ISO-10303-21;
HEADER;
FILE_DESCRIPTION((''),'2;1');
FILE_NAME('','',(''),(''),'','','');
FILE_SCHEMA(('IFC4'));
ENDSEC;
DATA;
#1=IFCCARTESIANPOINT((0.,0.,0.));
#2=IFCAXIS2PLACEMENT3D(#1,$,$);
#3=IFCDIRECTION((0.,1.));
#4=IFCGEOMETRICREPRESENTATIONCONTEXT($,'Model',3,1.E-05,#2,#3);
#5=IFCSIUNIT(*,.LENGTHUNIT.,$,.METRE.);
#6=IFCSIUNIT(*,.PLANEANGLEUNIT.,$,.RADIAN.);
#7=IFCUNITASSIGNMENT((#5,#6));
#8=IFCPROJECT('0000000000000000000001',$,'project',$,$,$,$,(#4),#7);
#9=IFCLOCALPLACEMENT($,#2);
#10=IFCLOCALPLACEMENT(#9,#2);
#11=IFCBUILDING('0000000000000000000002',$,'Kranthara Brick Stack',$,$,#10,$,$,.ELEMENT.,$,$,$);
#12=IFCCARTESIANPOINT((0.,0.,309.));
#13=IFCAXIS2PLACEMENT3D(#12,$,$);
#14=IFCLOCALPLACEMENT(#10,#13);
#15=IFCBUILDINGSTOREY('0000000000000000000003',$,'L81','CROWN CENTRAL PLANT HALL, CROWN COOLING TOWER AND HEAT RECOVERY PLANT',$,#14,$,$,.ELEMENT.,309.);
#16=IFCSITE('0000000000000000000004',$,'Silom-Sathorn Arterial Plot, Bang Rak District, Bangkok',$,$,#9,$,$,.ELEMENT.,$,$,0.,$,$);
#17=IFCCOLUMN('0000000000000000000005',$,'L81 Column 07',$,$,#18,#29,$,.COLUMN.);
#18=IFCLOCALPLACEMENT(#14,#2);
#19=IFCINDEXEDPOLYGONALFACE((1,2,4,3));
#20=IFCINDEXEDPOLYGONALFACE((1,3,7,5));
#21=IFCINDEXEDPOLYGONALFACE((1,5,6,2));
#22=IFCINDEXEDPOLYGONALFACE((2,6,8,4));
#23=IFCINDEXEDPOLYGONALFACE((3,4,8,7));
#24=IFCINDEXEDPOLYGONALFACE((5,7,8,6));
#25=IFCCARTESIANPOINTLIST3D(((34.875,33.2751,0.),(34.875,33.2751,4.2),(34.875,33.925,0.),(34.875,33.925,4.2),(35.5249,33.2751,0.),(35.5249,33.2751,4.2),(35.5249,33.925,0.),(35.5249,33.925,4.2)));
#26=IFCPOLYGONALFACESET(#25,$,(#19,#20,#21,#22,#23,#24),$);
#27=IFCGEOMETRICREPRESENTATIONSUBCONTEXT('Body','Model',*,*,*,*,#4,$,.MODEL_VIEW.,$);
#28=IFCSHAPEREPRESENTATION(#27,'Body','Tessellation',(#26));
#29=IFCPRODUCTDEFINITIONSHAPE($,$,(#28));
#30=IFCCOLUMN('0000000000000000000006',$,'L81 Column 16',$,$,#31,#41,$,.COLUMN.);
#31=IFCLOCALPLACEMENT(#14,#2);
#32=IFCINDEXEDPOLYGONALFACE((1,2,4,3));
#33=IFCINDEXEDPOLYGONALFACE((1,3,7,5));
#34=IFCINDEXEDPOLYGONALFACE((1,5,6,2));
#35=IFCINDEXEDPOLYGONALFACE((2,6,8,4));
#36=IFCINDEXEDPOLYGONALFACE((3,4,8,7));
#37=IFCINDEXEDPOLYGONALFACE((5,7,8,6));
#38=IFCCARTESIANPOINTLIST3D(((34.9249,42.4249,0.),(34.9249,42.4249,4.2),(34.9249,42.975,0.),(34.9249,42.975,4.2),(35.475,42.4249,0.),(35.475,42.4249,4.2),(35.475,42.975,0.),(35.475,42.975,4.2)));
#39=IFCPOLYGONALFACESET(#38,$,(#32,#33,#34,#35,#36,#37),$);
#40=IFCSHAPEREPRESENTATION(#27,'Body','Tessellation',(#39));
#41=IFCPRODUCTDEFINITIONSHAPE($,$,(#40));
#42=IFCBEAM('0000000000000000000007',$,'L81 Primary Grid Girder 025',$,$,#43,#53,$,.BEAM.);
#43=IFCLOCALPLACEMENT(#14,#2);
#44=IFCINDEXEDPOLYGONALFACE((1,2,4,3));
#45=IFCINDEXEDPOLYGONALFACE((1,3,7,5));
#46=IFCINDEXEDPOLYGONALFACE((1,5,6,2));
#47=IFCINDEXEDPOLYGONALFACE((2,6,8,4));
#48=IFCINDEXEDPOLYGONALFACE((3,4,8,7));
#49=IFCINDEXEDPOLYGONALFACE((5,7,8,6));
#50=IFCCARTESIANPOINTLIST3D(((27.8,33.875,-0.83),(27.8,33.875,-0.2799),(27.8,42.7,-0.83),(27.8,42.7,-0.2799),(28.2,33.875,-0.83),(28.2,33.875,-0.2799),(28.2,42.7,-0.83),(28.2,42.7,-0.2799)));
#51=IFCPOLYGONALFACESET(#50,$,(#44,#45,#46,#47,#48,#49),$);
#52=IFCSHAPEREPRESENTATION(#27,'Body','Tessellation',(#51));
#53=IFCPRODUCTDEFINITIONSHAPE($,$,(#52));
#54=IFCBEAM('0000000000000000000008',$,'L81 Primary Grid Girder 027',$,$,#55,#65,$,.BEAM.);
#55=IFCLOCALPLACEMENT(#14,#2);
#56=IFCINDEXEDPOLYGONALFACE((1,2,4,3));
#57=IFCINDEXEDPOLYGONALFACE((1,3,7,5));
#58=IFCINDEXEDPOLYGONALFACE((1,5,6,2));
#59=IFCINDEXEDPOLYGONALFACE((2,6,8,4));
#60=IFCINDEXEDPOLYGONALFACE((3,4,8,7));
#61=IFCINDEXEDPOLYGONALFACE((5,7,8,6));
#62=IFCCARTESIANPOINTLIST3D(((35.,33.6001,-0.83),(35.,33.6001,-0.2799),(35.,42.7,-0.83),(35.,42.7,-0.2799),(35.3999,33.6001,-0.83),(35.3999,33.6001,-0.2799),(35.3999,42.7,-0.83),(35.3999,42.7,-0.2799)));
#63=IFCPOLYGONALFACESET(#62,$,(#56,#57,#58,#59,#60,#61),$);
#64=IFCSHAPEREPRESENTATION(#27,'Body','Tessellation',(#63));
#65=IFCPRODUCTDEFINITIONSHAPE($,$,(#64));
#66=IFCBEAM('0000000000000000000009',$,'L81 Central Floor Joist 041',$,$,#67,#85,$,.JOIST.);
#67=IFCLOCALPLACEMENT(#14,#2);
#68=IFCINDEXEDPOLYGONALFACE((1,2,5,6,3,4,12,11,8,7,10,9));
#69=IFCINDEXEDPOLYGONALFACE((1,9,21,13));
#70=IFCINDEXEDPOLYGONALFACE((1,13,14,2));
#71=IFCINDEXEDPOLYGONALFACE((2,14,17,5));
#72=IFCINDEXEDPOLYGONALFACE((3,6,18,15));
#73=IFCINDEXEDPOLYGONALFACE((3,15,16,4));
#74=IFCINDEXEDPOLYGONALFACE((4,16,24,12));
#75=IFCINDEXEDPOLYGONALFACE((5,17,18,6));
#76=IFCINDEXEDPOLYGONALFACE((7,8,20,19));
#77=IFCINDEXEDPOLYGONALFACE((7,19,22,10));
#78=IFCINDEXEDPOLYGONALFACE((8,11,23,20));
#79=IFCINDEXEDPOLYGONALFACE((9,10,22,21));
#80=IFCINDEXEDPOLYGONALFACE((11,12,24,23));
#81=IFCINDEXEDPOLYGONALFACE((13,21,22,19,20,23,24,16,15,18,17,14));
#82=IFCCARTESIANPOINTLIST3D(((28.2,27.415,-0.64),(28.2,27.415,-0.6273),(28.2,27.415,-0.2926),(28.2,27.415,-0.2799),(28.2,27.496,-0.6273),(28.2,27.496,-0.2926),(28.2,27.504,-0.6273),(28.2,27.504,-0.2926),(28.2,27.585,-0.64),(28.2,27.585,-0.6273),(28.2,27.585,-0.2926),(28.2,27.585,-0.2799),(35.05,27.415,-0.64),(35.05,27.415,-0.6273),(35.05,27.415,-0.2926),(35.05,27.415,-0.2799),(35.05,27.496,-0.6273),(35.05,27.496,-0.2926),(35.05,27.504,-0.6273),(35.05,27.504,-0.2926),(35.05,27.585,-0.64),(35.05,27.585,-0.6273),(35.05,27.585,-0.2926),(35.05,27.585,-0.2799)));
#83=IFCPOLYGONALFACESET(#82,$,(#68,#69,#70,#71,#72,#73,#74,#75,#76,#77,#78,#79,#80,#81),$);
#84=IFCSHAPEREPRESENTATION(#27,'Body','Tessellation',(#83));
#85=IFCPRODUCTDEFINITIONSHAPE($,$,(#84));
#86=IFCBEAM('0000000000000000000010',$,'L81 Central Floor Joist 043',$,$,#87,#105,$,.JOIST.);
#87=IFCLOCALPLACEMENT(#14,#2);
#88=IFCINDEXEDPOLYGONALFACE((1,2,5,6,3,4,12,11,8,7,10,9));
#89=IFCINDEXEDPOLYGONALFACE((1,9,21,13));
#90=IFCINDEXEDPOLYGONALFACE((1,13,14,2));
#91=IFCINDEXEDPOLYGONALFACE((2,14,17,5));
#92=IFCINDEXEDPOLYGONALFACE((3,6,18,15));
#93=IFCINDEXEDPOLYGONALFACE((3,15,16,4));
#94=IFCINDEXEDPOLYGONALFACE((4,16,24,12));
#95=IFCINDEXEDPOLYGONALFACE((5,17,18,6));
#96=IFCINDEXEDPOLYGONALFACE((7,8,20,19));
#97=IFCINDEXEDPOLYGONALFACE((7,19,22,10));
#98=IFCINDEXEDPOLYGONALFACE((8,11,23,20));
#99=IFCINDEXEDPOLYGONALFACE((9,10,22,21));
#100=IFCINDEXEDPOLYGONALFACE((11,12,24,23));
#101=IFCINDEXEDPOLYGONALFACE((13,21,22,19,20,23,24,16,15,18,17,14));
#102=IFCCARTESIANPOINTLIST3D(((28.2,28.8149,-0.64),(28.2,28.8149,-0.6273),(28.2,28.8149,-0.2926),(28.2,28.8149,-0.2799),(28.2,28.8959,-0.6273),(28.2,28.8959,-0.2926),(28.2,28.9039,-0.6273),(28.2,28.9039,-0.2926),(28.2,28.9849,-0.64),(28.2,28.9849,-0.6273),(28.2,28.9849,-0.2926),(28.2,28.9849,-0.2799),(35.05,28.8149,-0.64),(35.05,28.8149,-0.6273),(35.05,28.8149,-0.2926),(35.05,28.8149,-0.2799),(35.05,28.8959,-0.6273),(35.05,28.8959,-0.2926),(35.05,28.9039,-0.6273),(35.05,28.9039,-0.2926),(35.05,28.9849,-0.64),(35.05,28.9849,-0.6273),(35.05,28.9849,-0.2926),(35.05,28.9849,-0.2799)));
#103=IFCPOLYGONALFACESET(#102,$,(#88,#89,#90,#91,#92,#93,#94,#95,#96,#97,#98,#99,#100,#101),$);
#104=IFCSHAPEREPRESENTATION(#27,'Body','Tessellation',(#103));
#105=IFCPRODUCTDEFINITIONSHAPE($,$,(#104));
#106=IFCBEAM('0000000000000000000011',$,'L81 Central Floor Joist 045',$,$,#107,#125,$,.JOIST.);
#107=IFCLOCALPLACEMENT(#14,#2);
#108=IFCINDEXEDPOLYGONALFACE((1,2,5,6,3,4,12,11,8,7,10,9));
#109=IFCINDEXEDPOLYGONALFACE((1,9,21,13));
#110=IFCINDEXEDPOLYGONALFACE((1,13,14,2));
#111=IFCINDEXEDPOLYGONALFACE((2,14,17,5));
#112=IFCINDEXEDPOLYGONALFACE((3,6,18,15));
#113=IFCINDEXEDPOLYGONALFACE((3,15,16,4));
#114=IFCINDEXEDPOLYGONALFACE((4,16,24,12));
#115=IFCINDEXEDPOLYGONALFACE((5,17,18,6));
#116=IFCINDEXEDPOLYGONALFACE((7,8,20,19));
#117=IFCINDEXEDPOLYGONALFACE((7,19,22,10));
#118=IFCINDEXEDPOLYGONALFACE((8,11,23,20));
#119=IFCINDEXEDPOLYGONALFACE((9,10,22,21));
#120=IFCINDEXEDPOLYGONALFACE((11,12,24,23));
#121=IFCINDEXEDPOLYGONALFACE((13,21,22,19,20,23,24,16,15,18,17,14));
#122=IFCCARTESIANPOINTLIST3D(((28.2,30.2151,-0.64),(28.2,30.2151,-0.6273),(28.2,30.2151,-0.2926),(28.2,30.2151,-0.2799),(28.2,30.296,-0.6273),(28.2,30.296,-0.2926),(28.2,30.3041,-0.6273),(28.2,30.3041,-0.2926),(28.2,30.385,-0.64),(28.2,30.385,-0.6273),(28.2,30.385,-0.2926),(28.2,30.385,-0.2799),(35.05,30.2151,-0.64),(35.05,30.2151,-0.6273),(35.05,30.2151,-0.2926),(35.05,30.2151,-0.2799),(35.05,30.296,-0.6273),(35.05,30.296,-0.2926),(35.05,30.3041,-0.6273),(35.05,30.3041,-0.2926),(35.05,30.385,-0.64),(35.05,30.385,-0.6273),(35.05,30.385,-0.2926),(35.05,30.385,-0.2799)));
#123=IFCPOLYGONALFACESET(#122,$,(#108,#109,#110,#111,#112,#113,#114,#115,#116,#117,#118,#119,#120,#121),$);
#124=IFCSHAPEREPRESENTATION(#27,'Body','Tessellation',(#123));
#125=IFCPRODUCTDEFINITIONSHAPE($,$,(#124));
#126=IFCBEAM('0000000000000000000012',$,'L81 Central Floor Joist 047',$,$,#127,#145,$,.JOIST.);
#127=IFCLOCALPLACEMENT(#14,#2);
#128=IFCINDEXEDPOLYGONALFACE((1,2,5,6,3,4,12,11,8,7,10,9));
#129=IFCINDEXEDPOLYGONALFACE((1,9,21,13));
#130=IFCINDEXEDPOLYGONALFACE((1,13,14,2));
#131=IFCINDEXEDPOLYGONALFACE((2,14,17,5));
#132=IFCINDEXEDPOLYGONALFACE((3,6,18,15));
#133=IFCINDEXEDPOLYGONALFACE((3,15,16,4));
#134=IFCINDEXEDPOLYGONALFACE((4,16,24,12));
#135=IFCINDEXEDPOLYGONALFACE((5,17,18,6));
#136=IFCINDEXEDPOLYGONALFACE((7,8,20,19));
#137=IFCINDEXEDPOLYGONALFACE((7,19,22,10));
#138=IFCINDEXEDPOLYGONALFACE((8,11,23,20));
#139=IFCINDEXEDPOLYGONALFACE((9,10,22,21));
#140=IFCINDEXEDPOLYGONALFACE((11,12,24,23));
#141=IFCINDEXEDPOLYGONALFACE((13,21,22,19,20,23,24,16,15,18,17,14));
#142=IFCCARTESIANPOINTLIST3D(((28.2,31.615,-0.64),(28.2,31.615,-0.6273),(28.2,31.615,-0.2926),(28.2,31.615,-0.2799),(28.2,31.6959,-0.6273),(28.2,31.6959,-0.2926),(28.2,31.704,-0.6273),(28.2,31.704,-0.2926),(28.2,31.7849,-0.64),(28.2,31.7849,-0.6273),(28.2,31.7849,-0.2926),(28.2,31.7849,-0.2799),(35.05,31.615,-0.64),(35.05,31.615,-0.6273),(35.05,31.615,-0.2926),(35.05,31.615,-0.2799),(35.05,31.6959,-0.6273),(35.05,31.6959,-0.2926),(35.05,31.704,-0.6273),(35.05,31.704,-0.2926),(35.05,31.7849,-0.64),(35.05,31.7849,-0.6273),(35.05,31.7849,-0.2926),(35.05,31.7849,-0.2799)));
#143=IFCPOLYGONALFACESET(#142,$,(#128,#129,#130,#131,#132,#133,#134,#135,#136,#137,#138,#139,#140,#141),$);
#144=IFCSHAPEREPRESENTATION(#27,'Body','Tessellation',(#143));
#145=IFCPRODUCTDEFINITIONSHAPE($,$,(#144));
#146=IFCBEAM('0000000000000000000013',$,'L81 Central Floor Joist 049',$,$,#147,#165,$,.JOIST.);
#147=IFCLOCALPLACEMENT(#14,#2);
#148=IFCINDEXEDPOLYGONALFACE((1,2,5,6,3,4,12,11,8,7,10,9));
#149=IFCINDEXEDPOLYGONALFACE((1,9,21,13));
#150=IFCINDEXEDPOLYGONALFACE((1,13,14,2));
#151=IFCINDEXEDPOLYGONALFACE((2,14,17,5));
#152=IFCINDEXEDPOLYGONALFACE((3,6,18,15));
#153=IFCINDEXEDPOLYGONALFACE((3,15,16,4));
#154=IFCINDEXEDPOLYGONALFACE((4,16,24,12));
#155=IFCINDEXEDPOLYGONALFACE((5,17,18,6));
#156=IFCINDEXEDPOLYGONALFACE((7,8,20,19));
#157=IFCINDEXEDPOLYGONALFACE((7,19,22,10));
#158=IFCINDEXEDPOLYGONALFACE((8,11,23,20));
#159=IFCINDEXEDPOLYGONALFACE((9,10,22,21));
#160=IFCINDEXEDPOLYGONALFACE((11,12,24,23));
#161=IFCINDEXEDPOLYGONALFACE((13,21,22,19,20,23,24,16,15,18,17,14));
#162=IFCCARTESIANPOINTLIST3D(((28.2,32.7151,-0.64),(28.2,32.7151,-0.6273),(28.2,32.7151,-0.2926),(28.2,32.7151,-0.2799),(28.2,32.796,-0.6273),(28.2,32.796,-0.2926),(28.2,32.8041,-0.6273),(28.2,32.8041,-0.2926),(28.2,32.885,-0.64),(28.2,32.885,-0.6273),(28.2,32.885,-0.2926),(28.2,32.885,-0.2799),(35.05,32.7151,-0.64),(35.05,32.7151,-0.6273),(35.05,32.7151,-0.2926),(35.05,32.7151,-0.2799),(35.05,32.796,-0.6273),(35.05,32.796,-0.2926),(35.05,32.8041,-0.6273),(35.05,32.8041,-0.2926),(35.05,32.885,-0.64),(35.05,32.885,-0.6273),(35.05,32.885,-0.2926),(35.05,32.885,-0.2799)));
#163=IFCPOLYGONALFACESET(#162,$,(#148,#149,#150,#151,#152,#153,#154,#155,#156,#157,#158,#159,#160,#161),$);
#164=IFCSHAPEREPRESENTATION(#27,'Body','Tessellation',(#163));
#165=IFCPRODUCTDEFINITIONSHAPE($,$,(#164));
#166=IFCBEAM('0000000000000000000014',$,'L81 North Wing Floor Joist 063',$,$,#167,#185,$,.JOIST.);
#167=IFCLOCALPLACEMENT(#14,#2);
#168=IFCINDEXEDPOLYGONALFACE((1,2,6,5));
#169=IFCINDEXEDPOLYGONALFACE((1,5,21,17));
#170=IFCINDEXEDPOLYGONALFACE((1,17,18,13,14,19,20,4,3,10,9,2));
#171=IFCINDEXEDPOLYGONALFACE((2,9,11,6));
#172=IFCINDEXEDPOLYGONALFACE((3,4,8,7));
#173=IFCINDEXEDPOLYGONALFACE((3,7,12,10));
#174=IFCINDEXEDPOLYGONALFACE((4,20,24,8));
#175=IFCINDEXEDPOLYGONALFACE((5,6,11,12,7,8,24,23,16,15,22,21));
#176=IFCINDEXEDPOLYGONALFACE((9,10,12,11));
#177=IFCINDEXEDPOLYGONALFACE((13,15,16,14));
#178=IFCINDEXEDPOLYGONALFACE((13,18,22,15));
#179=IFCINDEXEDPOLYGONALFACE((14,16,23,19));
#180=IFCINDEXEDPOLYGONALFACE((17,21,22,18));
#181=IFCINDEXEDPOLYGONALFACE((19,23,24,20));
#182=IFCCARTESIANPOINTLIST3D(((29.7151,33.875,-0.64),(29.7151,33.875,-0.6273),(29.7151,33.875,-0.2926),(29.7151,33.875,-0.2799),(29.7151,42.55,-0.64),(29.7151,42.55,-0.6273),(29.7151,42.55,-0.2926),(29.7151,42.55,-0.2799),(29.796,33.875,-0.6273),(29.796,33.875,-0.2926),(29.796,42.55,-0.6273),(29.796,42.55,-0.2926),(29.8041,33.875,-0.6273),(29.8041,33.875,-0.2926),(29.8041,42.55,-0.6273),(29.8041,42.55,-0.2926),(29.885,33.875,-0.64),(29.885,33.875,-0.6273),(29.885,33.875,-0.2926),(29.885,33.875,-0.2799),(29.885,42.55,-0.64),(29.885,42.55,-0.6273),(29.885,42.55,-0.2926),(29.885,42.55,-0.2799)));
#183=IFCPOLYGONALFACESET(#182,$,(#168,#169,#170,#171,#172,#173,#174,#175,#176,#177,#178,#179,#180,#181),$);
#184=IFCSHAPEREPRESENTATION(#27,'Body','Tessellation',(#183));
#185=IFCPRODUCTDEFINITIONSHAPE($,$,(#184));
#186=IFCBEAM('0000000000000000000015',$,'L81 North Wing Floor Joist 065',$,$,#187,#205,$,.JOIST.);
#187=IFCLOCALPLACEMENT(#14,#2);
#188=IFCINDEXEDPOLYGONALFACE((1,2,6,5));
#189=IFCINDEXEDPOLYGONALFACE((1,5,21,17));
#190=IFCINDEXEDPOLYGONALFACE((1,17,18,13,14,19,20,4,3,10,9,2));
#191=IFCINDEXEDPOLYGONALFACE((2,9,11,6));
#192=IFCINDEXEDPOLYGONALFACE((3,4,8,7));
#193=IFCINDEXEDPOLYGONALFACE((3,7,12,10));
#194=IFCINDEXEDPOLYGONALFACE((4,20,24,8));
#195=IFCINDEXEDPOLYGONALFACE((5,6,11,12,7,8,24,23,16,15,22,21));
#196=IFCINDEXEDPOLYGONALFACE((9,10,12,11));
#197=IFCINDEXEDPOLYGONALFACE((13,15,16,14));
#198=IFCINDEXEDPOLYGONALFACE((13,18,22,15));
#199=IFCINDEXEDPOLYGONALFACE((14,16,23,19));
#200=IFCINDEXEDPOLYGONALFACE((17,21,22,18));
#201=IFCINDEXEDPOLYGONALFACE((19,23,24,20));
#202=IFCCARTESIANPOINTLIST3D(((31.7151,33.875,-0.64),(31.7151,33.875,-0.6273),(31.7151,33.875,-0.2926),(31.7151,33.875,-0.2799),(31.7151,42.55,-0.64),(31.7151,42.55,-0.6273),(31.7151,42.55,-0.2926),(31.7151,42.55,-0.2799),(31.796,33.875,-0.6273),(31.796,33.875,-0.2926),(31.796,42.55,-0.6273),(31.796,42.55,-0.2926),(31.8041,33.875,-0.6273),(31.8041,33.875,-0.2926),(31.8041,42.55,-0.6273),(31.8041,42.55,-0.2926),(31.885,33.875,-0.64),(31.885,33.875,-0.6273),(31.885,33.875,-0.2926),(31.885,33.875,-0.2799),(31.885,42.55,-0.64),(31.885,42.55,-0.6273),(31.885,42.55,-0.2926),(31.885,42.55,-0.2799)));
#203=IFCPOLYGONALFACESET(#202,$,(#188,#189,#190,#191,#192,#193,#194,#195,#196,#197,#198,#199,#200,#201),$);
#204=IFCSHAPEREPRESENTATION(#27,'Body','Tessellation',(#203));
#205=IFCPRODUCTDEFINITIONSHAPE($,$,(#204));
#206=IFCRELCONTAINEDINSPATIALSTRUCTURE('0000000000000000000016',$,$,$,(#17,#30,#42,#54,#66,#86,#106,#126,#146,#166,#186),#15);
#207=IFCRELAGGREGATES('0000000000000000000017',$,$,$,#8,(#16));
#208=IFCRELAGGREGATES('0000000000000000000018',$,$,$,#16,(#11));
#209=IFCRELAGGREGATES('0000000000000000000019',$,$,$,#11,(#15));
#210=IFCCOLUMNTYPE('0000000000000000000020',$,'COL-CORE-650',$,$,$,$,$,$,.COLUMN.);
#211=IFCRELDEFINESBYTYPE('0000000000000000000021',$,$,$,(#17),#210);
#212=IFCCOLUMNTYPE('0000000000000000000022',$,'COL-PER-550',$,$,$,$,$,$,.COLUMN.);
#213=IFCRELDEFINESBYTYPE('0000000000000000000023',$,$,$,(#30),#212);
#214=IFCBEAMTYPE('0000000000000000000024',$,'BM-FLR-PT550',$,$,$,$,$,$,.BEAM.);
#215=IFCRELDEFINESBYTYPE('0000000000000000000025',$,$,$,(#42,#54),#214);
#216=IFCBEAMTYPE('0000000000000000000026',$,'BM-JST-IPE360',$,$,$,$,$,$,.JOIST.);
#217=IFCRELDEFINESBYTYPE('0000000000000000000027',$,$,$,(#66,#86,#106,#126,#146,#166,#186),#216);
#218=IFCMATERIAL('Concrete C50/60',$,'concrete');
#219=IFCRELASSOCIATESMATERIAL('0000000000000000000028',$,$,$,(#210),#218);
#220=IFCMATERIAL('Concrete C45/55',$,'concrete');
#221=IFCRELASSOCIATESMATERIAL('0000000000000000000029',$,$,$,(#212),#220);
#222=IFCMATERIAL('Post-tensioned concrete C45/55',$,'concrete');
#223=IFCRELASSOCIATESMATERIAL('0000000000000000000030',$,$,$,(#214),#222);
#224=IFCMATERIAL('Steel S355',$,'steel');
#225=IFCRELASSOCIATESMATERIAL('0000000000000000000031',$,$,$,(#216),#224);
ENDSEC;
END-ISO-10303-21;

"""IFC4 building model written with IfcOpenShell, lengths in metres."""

from ifc_helpers import new_model, si_unit, direction, frame, origin, origin_2d, place, context, subcontext, project, spatial, rectangle, i_section, extrude, material, material_profile, profile_set, type_object, element, save


model = new_model("IFC4")

# Units and contexts
model_context = context("Model", 3, precision=1e-05, world=origin(), true_north=direction((0.0, 1.0)))
body_context = subcontext(model_context, "Body", "Model", "MODEL_VIEW")
ifc_project = project(units=[si_unit("LENGTHUNIT", "METRE"), si_unit("PLANEANGLEUNIT", "RADIAN")], contexts=[model_context])

# Site, building, storey
site_placement = place(None, origin())
site = spatial("IfcSite", under=ifc_project, at=site_placement, Name="Silom-Sathorn Arterial Plot, Bang Rak District, Bangkok", CompositionType="ELEMENT", RefElevation=0.0)
building_placement = place(site_placement, origin())
building = spatial("IfcBuilding", under=site, at=building_placement, Name="Kranthara Brick Stack", CompositionType="ELEMENT")
storey_placement = place(building_placement, frame((0.0, 0.0, 309.0)))
storey = spatial("IfcBuildingStorey", under=building, at=storey_placement, Name="L81", Description="CROWN CENTRAL PLANT HALL, CROWN COOLING TOWER AND HEAT RECOVERY PLANT", CompositionType="ELEMENT", Elevation=309.0)

# Columns
ifc_material_1 = material(Name="Concrete C50/60", Category="concrete")
ifc_material_profile_1 = material_profile(ifc_material_1, rectangle(XDim=0.6499, YDim=0.6499, at=origin_2d()), Name="RC 650x650")
ifc_profile_set_1 = profile_set([ifc_material_profile_1], Name="Concrete C50/60")
column_type_1 = type_object("IfcColumnType", Name="COL-CORE-650", PredefinedType="COLUMN", material=ifc_profile_set_1)
column_1_placement = place(storey_placement, frame((35.2, 33.6001, 0.0), z_axis=(0.0, 0.0, 1.0), x_axis=(1.0, 0.0, 0.0)))
element("IfcColumn", 1, at=column_1_placement, inside=storey, type_object=column_type_1, Name="L81 Column 07", PredefinedType="COLUMN", context=body_context, shape_type="SweptSolid", body=[
    extrude(rectangle(XDim=0.6499, YDim=0.6499, at=origin_2d()), origin(), (0.0, 0.0, 1.0), 4.2),
])
ifc_material_2 = material(Name="Concrete C45/55", Category="concrete")
ifc_material_profile_2 = material_profile(ifc_material_2, rectangle(XDim=0.55, YDim=0.55, at=origin_2d()), Name="RC 550x550")
ifc_profile_set_2 = profile_set([ifc_material_profile_2], Name="Concrete C45/55")
column_type_2 = type_object("IfcColumnType", Name="COL-PER-550", PredefinedType="COLUMN", material=ifc_profile_set_2)
column_2_placement = place(storey_placement, frame((35.2, 42.7, 0.0), z_axis=(0.0, 0.0, 1.0), x_axis=(1.0, 0.0, 0.0)))
element("IfcColumn", 2, at=column_2_placement, inside=storey, type_object=column_type_2, Name="L81 Column 16", PredefinedType="COLUMN", context=body_context, shape_type="SweptSolid", body=[
    extrude(rectangle(XDim=0.55, YDim=0.55, at=origin_2d()), origin(), (0.0, 0.0, 1.0), 4.2),
])

# Beams
ifc_material_3 = material(Name="Post-tensioned concrete C45/55", Category="concrete")
ifc_material_profile_3 = material_profile(ifc_material_3, rectangle(XDim=0.3999, YDim=0.55, at=origin_2d()), Name="PT 400x550")
ifc_profile_set_3 = profile_set([ifc_material_profile_3], Name="Post-tensioned concrete C45/55")
beam_type_1 = type_object("IfcBeamType", Name="BM-FLR-PT550", PredefinedType="BEAM", material=ifc_profile_set_3)
beam_1_placement = place(storey_placement, frame((28.0, 33.875, -0.5549), z_axis=(0.0, 1.0, 0.0), x_axis=(-1.0, 0.0, 0.0)))
element("IfcBeam", 3, at=beam_1_placement, inside=storey, type_object=beam_type_1, Name="L81 Primary Grid Girder 025", PredefinedType="BEAM", context=body_context, shape_type="SweptSolid", body=[
    extrude(rectangle(XDim=0.3999, YDim=0.55, at=origin_2d()), origin(), (0.0, 0.0, 1.0), 8.825),
])
beam_2_placement = place(storey_placement, frame((35.2, 33.6001, -0.5549), z_axis=(0.0, 1.0, 0.0), x_axis=(-1.0, 0.0, 0.0)))
element("IfcBeam", 4, at=beam_2_placement, inside=storey, type_object=beam_type_1, Name="L81 Primary Grid Girder 027", PredefinedType="BEAM", context=body_context, shape_type="SweptSolid", body=[
    extrude(rectangle(XDim=0.3999, YDim=0.55, at=origin_2d()), origin(), (0.0, 0.0, 1.0), 9.0999),
])
ifc_material_4 = material(Name="Steel S355", Category="steel")
ifc_material_profile_4 = material_profile(ifc_material_4, i_section(OverallWidth=0.1699, OverallDepth=0.3601, WebThickness=0.0081, FlangeThickness=0.0127, at=origin_2d()), Name="IPE 360")
ifc_profile_set_4 = profile_set([ifc_material_profile_4], Name="Steel S355")
beam_type_2 = type_object("IfcBeamType", Name="BM-JST-IPE360", PredefinedType="JOIST", material=ifc_profile_set_4)
for number, where, z_axis, x_axis, name in (
    (5, (28.2, 27.5, -0.46), (1.0, 0.0, 0.0), (0.0, 1.0, 0.0), "L81 Central Floor Joist 041"),
    (6, (28.2, 28.8999, -0.46), (1.0, 0.0, 0.0), (0.0, 1.0, 0.0), "L81 Central Floor Joist 043"),
    (7, (28.2, 30.3, -0.46), (1.0, 0.0, 0.0), (0.0, 1.0, 0.0), "L81 Central Floor Joist 045"),
    (8, (28.2, 31.7, -0.46), (1.0, 0.0, 0.0), (0.0, 1.0, 0.0), "L81 Central Floor Joist 047"),
    (9, (28.2, 32.8, -0.46), (1.0, 0.0, 0.0), (0.0, 1.0, 0.0), "L81 Central Floor Joist 049"),
):
    element("IfcBeam", number, at=place(storey_placement, frame(where, z_axis=z_axis, x_axis=x_axis)), inside=storey, type_object=beam_type_2, Name=name, PredefinedType="JOIST", context=body_context, shape_type="SweptSolid", body=[
        extrude(i_section(OverallWidth=0.1699, OverallDepth=0.3601, WebThickness=0.0081, FlangeThickness=0.0127, at=origin_2d()), origin(), (0.0, 0.0, 1.0), 6.8501),
    ])
for number, where, z_axis, x_axis, name in (
    (10, (29.8, 33.875, -0.46), (0.0, 1.0, 0.0), (-1.0, 0.0, 0.0), "L81 North Wing Floor Joist 063"),
    (11, (31.8, 33.875, -0.46), (0.0, 1.0, 0.0), (-1.0, 0.0, 0.0), "L81 North Wing Floor Joist 065"),
):
    element("IfcBeam", number, at=place(storey_placement, frame(where, z_axis=z_axis, x_axis=x_axis)), inside=storey, type_object=beam_type_2, Name=name, PredefinedType="JOIST", context=body_context, shape_type="SweptSolid", body=[
        extrude(i_section(OverallWidth=0.1699, OverallDepth=0.3601, WebThickness=0.0081, FlangeThickness=0.0127, at=origin_2d()), origin(), (0.0, 0.0, 1.0), 8.675),
    ])

save(model, "model.ifc")
